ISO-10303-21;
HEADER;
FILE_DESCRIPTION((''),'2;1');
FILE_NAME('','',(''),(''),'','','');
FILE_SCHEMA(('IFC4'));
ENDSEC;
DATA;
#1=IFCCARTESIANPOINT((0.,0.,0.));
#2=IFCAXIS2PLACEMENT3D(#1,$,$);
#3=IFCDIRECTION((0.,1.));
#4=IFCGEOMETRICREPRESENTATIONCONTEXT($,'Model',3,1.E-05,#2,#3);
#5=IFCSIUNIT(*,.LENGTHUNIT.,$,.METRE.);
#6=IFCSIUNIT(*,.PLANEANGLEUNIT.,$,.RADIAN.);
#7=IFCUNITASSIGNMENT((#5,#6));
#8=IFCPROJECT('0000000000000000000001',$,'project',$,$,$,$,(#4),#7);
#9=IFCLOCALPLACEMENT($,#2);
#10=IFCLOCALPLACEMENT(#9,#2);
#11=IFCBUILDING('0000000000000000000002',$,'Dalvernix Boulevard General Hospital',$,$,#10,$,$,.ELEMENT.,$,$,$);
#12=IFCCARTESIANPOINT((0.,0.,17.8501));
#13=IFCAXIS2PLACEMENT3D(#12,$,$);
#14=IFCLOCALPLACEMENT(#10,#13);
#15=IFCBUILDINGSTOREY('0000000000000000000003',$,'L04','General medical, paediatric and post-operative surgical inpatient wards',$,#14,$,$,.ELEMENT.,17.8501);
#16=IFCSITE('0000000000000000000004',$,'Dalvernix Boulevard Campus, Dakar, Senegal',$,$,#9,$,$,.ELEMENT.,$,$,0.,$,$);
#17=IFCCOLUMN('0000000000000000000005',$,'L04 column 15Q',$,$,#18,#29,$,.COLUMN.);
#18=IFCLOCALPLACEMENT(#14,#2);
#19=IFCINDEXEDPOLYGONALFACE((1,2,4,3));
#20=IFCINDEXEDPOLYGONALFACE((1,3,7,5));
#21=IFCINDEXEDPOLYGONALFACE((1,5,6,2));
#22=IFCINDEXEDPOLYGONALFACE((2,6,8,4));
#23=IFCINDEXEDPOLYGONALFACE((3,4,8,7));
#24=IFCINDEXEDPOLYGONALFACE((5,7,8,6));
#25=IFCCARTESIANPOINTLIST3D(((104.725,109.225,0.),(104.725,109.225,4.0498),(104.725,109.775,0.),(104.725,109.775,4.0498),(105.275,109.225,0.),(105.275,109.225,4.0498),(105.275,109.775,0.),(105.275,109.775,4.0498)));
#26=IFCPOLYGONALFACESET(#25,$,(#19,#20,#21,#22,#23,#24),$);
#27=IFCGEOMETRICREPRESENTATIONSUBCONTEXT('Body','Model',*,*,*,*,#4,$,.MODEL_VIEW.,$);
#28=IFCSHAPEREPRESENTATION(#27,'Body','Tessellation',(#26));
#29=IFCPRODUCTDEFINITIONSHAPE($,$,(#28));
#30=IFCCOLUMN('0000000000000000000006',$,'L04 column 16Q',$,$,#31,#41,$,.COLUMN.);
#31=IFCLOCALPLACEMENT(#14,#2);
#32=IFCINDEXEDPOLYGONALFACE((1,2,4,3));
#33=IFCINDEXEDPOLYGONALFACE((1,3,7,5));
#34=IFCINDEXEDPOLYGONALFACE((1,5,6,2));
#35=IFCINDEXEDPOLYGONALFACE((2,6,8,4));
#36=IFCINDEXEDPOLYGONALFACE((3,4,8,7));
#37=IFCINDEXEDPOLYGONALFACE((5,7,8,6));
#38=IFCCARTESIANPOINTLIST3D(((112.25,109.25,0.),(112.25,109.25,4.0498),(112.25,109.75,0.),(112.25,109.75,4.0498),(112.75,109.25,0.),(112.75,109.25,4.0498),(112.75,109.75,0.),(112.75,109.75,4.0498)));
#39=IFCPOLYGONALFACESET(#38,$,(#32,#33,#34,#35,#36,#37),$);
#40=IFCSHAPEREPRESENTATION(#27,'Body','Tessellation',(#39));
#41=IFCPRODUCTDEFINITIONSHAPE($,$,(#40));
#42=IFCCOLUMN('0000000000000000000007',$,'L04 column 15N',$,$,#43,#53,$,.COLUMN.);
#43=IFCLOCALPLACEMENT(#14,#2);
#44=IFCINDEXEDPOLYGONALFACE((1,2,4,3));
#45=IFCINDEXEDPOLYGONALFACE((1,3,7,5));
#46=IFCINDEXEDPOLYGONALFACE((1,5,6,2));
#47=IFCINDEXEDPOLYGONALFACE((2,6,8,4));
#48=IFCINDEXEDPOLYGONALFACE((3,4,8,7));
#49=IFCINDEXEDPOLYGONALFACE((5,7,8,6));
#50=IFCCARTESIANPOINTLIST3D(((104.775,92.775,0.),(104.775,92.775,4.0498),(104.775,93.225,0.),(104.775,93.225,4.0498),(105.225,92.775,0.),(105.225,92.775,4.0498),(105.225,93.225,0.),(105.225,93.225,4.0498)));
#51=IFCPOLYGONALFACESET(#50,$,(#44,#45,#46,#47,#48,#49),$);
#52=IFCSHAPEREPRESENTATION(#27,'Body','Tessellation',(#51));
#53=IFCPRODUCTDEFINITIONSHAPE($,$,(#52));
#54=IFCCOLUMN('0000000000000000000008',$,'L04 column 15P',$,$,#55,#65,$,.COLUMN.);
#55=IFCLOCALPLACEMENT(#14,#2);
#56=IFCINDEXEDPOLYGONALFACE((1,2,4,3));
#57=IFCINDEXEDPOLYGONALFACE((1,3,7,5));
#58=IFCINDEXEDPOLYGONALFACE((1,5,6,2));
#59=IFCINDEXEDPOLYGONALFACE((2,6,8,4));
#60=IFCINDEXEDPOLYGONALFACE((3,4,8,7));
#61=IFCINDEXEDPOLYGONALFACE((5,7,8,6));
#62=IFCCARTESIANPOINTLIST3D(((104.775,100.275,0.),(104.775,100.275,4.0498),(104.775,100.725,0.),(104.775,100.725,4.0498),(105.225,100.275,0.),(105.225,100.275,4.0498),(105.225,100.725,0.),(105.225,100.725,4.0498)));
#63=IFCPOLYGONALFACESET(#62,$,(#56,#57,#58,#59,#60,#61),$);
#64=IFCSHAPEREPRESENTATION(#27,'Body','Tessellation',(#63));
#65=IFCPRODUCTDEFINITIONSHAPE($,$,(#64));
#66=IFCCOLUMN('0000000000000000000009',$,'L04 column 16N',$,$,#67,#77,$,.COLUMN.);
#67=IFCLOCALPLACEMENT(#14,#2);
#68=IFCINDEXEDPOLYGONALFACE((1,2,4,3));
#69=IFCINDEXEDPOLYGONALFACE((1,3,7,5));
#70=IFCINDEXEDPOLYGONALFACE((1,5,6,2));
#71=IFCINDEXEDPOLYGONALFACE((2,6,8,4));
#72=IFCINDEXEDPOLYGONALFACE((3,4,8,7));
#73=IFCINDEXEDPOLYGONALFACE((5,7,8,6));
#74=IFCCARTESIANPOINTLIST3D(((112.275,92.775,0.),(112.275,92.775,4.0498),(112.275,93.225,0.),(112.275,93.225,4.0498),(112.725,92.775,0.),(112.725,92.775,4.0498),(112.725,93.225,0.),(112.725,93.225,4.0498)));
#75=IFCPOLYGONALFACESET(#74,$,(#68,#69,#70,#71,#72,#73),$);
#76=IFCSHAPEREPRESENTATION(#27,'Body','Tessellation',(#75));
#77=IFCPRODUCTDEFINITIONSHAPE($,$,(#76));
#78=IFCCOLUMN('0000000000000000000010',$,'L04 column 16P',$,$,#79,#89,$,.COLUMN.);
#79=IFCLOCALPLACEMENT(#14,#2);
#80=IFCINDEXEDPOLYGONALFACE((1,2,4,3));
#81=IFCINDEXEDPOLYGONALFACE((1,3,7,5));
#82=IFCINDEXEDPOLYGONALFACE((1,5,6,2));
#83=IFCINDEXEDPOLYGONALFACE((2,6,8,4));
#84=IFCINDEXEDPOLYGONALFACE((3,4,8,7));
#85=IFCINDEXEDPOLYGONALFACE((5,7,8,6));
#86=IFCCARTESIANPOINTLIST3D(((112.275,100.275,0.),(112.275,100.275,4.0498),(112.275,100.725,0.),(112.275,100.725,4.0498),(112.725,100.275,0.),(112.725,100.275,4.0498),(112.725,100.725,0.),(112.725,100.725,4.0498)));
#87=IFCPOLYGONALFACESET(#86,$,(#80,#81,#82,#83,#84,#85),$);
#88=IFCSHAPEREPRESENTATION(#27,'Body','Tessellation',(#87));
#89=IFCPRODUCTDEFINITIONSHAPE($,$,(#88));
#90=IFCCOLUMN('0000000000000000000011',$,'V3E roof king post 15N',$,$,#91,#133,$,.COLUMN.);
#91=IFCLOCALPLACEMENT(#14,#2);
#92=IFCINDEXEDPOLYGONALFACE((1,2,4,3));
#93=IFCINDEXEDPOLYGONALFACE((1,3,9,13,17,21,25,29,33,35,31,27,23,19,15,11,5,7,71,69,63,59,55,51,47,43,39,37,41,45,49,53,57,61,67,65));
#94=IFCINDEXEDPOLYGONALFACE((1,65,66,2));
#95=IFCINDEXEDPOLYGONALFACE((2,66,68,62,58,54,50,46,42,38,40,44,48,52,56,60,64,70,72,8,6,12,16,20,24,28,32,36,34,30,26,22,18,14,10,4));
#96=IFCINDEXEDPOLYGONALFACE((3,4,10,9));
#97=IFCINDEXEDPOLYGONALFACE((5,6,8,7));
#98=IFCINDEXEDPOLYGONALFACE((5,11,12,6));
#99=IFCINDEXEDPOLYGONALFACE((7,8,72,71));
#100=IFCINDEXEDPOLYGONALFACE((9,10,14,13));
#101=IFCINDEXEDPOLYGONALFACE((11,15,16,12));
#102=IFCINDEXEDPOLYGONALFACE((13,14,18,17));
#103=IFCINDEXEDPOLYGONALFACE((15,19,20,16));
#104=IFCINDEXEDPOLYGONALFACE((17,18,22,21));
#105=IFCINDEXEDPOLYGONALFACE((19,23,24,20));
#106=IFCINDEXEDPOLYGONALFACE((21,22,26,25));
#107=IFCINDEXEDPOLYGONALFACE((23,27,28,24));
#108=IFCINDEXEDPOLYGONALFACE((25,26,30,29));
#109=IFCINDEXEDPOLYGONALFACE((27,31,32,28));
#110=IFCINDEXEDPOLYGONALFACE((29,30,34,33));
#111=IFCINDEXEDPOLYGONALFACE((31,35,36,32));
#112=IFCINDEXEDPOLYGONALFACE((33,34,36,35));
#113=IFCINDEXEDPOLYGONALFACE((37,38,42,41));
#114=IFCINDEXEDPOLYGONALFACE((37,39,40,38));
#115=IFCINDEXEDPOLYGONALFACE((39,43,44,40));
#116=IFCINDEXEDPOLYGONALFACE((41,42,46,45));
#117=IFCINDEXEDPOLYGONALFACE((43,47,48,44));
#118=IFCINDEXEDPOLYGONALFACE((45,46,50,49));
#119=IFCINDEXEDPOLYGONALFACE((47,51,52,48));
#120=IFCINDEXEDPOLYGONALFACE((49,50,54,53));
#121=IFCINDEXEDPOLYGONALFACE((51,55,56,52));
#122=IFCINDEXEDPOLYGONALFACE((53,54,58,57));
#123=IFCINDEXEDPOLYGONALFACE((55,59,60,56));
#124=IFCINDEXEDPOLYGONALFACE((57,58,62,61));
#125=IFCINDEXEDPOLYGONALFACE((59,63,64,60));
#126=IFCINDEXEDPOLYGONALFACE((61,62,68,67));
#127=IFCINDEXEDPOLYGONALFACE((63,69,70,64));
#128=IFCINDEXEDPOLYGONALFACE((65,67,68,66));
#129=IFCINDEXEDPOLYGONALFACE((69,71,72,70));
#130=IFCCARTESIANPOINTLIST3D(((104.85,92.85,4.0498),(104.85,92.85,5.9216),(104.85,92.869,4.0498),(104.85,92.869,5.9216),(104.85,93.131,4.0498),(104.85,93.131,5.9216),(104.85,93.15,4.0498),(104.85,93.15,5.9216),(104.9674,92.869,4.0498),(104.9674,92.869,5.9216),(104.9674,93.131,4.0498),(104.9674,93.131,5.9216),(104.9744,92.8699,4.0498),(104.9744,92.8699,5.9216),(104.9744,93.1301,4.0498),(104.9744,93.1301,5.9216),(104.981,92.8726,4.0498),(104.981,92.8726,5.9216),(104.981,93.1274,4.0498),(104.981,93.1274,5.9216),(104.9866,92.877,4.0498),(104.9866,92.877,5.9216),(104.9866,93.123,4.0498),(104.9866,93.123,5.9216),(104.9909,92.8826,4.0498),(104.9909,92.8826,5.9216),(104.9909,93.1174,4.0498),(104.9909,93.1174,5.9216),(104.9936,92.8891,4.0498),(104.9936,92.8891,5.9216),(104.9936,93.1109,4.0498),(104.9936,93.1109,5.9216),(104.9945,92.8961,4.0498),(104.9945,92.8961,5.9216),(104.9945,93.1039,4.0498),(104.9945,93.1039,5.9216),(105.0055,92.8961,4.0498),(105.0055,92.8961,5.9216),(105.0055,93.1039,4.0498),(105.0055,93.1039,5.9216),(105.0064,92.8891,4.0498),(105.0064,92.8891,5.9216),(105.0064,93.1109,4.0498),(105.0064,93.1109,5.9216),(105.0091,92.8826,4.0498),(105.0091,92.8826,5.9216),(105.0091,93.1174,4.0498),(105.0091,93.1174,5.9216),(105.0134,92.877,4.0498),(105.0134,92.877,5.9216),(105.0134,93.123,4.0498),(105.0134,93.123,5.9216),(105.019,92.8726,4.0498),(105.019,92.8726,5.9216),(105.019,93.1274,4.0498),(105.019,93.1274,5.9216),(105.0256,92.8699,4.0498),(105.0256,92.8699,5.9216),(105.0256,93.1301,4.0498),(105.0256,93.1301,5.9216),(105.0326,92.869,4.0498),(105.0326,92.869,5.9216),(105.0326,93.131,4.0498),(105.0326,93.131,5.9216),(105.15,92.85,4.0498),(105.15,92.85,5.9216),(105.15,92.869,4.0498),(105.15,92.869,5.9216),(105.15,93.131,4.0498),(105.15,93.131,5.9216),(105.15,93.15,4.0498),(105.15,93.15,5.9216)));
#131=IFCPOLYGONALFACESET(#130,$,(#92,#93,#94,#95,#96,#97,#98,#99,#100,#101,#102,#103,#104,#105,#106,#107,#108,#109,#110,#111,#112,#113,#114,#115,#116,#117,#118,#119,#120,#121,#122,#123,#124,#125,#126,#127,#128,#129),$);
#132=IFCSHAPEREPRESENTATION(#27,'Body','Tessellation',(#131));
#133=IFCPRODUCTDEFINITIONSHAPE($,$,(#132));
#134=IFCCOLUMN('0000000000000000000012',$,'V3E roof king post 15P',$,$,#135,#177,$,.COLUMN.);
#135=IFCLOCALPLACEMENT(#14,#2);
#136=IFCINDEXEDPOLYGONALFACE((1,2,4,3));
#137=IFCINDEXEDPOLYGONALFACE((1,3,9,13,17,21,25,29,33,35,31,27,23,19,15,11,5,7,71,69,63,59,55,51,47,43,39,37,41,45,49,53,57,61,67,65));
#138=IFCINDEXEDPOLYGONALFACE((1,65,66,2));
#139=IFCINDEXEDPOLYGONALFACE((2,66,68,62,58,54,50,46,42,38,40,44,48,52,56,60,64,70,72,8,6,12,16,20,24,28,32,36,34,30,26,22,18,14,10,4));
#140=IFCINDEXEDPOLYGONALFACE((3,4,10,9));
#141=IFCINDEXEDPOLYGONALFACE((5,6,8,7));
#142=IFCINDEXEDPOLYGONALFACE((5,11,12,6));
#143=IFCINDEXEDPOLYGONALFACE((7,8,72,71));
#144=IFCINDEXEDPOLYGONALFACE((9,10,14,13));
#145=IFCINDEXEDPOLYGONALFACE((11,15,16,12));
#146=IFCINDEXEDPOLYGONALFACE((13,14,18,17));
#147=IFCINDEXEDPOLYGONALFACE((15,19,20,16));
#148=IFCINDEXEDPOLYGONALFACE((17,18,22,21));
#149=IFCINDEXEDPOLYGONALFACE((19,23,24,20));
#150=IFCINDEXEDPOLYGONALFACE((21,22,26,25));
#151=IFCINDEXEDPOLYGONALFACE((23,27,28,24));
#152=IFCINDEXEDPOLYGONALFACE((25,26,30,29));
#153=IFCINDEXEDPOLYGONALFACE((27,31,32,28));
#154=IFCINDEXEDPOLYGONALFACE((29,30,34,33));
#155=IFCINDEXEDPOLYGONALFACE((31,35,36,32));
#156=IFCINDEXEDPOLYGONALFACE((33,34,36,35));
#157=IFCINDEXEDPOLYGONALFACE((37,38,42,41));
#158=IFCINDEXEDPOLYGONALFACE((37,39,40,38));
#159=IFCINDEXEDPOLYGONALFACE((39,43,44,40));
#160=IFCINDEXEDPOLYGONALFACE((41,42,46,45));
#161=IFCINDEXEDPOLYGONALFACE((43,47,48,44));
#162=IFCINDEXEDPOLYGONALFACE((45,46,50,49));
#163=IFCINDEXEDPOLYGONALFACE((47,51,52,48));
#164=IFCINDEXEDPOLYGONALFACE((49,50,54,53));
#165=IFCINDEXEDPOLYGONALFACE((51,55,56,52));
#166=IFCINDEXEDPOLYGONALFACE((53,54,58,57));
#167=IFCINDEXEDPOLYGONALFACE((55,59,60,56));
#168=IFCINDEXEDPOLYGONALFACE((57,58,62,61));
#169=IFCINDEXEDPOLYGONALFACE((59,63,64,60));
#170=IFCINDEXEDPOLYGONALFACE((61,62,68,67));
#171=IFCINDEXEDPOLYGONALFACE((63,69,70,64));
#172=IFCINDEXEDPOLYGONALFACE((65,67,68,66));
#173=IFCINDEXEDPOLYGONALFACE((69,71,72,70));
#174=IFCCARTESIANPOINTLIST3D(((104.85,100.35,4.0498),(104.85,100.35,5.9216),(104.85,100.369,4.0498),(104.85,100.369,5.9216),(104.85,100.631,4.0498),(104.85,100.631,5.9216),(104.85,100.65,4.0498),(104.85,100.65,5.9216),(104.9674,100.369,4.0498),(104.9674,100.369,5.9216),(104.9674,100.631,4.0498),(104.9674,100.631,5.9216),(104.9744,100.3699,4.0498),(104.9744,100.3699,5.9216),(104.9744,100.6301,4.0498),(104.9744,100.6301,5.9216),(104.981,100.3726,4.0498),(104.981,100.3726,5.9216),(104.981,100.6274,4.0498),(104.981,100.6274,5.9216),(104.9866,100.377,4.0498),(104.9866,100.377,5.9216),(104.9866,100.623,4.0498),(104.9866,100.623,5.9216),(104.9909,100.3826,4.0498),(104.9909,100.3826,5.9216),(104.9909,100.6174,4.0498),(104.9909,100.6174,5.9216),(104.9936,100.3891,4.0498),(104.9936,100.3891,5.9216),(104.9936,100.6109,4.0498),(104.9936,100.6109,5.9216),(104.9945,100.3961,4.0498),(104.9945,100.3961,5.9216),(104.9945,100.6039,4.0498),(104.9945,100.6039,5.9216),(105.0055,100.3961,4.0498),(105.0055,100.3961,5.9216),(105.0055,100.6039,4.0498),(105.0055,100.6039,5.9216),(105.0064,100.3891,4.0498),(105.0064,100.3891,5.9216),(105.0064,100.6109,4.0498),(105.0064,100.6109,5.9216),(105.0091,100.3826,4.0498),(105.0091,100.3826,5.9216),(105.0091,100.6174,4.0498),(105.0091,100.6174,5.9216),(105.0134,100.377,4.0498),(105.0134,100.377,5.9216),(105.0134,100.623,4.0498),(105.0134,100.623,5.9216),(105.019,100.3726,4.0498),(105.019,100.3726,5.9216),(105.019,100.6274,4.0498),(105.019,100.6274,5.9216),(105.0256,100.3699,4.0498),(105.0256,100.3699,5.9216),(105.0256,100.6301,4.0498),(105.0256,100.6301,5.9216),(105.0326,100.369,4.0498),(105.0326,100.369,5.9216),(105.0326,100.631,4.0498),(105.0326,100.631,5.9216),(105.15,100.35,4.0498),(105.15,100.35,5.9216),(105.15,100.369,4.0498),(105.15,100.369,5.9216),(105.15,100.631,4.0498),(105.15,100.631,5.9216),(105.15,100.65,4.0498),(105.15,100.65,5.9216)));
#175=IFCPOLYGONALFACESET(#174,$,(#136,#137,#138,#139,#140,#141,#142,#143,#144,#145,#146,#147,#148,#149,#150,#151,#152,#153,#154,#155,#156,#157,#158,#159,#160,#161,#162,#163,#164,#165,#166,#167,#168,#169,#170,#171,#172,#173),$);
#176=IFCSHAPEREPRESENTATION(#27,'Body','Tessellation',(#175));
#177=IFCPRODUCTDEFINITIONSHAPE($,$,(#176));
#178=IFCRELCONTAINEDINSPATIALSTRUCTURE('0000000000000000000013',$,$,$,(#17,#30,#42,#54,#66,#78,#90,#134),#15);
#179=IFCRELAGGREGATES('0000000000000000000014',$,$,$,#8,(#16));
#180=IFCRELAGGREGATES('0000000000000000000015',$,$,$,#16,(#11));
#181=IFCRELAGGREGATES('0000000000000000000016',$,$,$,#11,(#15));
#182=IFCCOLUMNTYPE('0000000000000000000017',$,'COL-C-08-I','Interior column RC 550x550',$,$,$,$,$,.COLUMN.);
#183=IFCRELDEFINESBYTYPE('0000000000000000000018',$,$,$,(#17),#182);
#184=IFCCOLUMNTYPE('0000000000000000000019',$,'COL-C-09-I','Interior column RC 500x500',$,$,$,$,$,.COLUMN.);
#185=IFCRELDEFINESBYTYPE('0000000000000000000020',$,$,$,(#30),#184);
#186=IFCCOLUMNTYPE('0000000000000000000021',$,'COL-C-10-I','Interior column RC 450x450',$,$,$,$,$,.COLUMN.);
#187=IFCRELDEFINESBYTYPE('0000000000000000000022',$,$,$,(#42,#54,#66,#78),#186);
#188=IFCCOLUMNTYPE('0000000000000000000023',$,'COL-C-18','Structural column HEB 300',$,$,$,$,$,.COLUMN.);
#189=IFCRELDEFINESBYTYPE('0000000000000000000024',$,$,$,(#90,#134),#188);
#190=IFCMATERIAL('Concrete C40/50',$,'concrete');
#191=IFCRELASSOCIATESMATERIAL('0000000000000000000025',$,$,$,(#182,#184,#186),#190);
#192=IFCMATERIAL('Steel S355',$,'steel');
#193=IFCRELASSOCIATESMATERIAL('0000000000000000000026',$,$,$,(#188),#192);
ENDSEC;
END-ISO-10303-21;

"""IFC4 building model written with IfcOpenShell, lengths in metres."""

from ifc_helpers import new_model, si_unit, direction, frame, origin, origin_2d, place, context, subcontext, project, spatial, rectangle, i_section, extrude, material, material_profile, profile_set, type_object, element, save


model = new_model("IFC4")

# Units and contexts
model_context = context("Model", 3, precision=1e-05, world=origin(), true_north=direction((0.0, 1.0)))
body_context = subcontext(model_context, "Body", "Model", "MODEL_VIEW")
ifc_project = project(units=[si_unit("LENGTHUNIT", "METRE"), si_unit("PLANEANGLEUNIT", "RADIAN")], contexts=[model_context])

# Site, building, storey
site_placement = place(None, origin())
site = spatial("IfcSite", under=ifc_project, at=site_placement, Name="Dalvernix Boulevard Campus, Dakar, Senegal", CompositionType="ELEMENT", RefElevation=0.0)
building_placement = place(site_placement, origin())
building = spatial("IfcBuilding", under=site, at=building_placement, Name="Dalvernix Boulevard General Hospital", CompositionType="ELEMENT")
storey_placement = place(building_placement, frame((0.0, 0.0, 17.8501)))
storey = spatial("IfcBuildingStorey", under=building, at=storey_placement, Name="L04", Description="General medical, paediatric and post-operative surgical inpatient wards", CompositionType="ELEMENT", Elevation=17.8501)

# Columns
ifc_material_1 = material(Name="Concrete C40/50", Category="concrete")
ifc_material_profile_1 = material_profile(ifc_material_1, rectangle(XDim=0.55, YDim=0.55, at=origin_2d()), Name="RC 550x550")
ifc_profile_set_1 = profile_set([ifc_material_profile_1], Name="Concrete C40/50")
column_type_1 = type_object("IfcColumnType", Name="COL-C-08-I", Description="Interior column RC 550x550", PredefinedType="COLUMN", material=ifc_profile_set_1)
column_1_placement = place(storey_placement, frame((105.0, 109.5, 0.0), z_axis=(0.0, 0.0, 1.0), x_axis=(1.0, 0.0, 0.0)))
element("IfcColumn", 1, at=column_1_placement, inside=storey, type_object=column_type_1, Name="L04 column 15Q", PredefinedType="COLUMN", context=body_context, shape_type="SweptSolid", body=[
    extrude(rectangle(XDim=0.55, YDim=0.55, at=origin_2d()), origin(), (0.0, 0.0, 1.0), 4.0498),
])
ifc_material_profile_2 = material_profile(ifc_material_1, rectangle(XDim=0.5, YDim=0.5, at=origin_2d()), Name="RC 500x500")
ifc_profile_set_2 = profile_set([ifc_material_profile_2], Name="Concrete C40/50")
column_type_2 = type_object("IfcColumnType", Name="COL-C-09-I", Description="Interior column RC 500x500", PredefinedType="COLUMN", material=ifc_profile_set_2)
column_2_placement = place(storey_placement, frame((112.5, 109.5, 0.0), z_axis=(0.0, 0.0, 1.0), x_axis=(1.0, 0.0, 0.0)))
element("IfcColumn", 2, at=column_2_placement, inside=storey, type_object=column_type_2, Name="L04 column 16Q", PredefinedType="COLUMN", context=body_context, shape_type="SweptSolid", body=[
    extrude(rectangle(XDim=0.5, YDim=0.5, at=origin_2d()), origin(), (0.0, 0.0, 1.0), 4.0498),
])
ifc_material_profile_3 = material_profile(ifc_material_1, rectangle(XDim=0.45, YDim=0.45, at=origin_2d()), Name="RC 450x450")
ifc_profile_set_3 = profile_set([ifc_material_profile_3], Name="Concrete C40/50")
column_type_3 = type_object("IfcColumnType", Name="COL-C-10-I", Description="Interior column RC 450x450", PredefinedType="COLUMN", material=ifc_profile_set_3)
for number, where, z_axis, x_axis, name in (
    (3, (105.0, 93.0, 0.0), (0.0, 0.0, 1.0), (1.0, 0.0, 0.0), "L04 column 15N"),
    (4, (105.0, 100.5, 0.0), (0.0, 0.0, 1.0), (1.0, 0.0, 0.0), "L04 column 15P"),
    (5, (112.5, 93.0, 0.0), (0.0, 0.0, 1.0), (1.0, 0.0, 0.0), "L04 column 16N"),
    (6, (112.5, 100.5, 0.0), (0.0, 0.0, 1.0), (1.0, 0.0, 0.0), "L04 column 16P"),
):
    element("IfcColumn", number, at=place(storey_placement, frame(where, z_axis=z_axis, x_axis=x_axis)), inside=storey, type_object=column_type_3, Name=name, PredefinedType="COLUMN", context=body_context, shape_type="SweptSolid", body=[
        extrude(rectangle(XDim=0.45, YDim=0.45, at=origin_2d()), origin(), (0.0, 0.0, 1.0), 4.0498),
    ])
ifc_material_2 = material(Name="Steel S355", Category="steel")
ifc_material_profile_4 = material_profile(ifc_material_2, i_section(OverallWidth=0.3, OverallDepth=0.3, WebThickness=0.011, FlangeThickness=0.019, FilletRadius=0.0271, at=origin_2d()), Name="HEB 300")
ifc_profile_set_4 = profile_set([ifc_material_profile_4], Name="Steel S355")
column_type_4 = type_object("IfcColumnType", Name="COL-C-18", Description="Structural column HEB 300", PredefinedType="COLUMN", material=ifc_profile_set_4)
for number, where, z_axis, x_axis, name in (
    (7, (105.0, 93.0, 4.0498), (0.0, 0.0, 1.0), (1.0, 0.0, 0.0), "V3E roof king post 15N"),
    (8, (105.0, 100.5, 4.0498), (0.0, 0.0, 1.0), (1.0, 0.0, 0.0), "V3E roof king post 15P"),
):
    element("IfcColumn", number, at=place(storey_placement, frame(where, z_axis=z_axis, x_axis=x_axis)), inside=storey, type_object=column_type_4, Name=name, PredefinedType="COLUMN", context=body_context, shape_type="SweptSolid", body=[
        extrude(i_section(OverallWidth=0.3, OverallDepth=0.3, WebThickness=0.011, FlangeThickness=0.019, FilletRadius=0.0271, at=origin_2d()), origin(), (0.0, 0.0, 1.0), 1.8718),
    ])

save(model, "model.ifc")
